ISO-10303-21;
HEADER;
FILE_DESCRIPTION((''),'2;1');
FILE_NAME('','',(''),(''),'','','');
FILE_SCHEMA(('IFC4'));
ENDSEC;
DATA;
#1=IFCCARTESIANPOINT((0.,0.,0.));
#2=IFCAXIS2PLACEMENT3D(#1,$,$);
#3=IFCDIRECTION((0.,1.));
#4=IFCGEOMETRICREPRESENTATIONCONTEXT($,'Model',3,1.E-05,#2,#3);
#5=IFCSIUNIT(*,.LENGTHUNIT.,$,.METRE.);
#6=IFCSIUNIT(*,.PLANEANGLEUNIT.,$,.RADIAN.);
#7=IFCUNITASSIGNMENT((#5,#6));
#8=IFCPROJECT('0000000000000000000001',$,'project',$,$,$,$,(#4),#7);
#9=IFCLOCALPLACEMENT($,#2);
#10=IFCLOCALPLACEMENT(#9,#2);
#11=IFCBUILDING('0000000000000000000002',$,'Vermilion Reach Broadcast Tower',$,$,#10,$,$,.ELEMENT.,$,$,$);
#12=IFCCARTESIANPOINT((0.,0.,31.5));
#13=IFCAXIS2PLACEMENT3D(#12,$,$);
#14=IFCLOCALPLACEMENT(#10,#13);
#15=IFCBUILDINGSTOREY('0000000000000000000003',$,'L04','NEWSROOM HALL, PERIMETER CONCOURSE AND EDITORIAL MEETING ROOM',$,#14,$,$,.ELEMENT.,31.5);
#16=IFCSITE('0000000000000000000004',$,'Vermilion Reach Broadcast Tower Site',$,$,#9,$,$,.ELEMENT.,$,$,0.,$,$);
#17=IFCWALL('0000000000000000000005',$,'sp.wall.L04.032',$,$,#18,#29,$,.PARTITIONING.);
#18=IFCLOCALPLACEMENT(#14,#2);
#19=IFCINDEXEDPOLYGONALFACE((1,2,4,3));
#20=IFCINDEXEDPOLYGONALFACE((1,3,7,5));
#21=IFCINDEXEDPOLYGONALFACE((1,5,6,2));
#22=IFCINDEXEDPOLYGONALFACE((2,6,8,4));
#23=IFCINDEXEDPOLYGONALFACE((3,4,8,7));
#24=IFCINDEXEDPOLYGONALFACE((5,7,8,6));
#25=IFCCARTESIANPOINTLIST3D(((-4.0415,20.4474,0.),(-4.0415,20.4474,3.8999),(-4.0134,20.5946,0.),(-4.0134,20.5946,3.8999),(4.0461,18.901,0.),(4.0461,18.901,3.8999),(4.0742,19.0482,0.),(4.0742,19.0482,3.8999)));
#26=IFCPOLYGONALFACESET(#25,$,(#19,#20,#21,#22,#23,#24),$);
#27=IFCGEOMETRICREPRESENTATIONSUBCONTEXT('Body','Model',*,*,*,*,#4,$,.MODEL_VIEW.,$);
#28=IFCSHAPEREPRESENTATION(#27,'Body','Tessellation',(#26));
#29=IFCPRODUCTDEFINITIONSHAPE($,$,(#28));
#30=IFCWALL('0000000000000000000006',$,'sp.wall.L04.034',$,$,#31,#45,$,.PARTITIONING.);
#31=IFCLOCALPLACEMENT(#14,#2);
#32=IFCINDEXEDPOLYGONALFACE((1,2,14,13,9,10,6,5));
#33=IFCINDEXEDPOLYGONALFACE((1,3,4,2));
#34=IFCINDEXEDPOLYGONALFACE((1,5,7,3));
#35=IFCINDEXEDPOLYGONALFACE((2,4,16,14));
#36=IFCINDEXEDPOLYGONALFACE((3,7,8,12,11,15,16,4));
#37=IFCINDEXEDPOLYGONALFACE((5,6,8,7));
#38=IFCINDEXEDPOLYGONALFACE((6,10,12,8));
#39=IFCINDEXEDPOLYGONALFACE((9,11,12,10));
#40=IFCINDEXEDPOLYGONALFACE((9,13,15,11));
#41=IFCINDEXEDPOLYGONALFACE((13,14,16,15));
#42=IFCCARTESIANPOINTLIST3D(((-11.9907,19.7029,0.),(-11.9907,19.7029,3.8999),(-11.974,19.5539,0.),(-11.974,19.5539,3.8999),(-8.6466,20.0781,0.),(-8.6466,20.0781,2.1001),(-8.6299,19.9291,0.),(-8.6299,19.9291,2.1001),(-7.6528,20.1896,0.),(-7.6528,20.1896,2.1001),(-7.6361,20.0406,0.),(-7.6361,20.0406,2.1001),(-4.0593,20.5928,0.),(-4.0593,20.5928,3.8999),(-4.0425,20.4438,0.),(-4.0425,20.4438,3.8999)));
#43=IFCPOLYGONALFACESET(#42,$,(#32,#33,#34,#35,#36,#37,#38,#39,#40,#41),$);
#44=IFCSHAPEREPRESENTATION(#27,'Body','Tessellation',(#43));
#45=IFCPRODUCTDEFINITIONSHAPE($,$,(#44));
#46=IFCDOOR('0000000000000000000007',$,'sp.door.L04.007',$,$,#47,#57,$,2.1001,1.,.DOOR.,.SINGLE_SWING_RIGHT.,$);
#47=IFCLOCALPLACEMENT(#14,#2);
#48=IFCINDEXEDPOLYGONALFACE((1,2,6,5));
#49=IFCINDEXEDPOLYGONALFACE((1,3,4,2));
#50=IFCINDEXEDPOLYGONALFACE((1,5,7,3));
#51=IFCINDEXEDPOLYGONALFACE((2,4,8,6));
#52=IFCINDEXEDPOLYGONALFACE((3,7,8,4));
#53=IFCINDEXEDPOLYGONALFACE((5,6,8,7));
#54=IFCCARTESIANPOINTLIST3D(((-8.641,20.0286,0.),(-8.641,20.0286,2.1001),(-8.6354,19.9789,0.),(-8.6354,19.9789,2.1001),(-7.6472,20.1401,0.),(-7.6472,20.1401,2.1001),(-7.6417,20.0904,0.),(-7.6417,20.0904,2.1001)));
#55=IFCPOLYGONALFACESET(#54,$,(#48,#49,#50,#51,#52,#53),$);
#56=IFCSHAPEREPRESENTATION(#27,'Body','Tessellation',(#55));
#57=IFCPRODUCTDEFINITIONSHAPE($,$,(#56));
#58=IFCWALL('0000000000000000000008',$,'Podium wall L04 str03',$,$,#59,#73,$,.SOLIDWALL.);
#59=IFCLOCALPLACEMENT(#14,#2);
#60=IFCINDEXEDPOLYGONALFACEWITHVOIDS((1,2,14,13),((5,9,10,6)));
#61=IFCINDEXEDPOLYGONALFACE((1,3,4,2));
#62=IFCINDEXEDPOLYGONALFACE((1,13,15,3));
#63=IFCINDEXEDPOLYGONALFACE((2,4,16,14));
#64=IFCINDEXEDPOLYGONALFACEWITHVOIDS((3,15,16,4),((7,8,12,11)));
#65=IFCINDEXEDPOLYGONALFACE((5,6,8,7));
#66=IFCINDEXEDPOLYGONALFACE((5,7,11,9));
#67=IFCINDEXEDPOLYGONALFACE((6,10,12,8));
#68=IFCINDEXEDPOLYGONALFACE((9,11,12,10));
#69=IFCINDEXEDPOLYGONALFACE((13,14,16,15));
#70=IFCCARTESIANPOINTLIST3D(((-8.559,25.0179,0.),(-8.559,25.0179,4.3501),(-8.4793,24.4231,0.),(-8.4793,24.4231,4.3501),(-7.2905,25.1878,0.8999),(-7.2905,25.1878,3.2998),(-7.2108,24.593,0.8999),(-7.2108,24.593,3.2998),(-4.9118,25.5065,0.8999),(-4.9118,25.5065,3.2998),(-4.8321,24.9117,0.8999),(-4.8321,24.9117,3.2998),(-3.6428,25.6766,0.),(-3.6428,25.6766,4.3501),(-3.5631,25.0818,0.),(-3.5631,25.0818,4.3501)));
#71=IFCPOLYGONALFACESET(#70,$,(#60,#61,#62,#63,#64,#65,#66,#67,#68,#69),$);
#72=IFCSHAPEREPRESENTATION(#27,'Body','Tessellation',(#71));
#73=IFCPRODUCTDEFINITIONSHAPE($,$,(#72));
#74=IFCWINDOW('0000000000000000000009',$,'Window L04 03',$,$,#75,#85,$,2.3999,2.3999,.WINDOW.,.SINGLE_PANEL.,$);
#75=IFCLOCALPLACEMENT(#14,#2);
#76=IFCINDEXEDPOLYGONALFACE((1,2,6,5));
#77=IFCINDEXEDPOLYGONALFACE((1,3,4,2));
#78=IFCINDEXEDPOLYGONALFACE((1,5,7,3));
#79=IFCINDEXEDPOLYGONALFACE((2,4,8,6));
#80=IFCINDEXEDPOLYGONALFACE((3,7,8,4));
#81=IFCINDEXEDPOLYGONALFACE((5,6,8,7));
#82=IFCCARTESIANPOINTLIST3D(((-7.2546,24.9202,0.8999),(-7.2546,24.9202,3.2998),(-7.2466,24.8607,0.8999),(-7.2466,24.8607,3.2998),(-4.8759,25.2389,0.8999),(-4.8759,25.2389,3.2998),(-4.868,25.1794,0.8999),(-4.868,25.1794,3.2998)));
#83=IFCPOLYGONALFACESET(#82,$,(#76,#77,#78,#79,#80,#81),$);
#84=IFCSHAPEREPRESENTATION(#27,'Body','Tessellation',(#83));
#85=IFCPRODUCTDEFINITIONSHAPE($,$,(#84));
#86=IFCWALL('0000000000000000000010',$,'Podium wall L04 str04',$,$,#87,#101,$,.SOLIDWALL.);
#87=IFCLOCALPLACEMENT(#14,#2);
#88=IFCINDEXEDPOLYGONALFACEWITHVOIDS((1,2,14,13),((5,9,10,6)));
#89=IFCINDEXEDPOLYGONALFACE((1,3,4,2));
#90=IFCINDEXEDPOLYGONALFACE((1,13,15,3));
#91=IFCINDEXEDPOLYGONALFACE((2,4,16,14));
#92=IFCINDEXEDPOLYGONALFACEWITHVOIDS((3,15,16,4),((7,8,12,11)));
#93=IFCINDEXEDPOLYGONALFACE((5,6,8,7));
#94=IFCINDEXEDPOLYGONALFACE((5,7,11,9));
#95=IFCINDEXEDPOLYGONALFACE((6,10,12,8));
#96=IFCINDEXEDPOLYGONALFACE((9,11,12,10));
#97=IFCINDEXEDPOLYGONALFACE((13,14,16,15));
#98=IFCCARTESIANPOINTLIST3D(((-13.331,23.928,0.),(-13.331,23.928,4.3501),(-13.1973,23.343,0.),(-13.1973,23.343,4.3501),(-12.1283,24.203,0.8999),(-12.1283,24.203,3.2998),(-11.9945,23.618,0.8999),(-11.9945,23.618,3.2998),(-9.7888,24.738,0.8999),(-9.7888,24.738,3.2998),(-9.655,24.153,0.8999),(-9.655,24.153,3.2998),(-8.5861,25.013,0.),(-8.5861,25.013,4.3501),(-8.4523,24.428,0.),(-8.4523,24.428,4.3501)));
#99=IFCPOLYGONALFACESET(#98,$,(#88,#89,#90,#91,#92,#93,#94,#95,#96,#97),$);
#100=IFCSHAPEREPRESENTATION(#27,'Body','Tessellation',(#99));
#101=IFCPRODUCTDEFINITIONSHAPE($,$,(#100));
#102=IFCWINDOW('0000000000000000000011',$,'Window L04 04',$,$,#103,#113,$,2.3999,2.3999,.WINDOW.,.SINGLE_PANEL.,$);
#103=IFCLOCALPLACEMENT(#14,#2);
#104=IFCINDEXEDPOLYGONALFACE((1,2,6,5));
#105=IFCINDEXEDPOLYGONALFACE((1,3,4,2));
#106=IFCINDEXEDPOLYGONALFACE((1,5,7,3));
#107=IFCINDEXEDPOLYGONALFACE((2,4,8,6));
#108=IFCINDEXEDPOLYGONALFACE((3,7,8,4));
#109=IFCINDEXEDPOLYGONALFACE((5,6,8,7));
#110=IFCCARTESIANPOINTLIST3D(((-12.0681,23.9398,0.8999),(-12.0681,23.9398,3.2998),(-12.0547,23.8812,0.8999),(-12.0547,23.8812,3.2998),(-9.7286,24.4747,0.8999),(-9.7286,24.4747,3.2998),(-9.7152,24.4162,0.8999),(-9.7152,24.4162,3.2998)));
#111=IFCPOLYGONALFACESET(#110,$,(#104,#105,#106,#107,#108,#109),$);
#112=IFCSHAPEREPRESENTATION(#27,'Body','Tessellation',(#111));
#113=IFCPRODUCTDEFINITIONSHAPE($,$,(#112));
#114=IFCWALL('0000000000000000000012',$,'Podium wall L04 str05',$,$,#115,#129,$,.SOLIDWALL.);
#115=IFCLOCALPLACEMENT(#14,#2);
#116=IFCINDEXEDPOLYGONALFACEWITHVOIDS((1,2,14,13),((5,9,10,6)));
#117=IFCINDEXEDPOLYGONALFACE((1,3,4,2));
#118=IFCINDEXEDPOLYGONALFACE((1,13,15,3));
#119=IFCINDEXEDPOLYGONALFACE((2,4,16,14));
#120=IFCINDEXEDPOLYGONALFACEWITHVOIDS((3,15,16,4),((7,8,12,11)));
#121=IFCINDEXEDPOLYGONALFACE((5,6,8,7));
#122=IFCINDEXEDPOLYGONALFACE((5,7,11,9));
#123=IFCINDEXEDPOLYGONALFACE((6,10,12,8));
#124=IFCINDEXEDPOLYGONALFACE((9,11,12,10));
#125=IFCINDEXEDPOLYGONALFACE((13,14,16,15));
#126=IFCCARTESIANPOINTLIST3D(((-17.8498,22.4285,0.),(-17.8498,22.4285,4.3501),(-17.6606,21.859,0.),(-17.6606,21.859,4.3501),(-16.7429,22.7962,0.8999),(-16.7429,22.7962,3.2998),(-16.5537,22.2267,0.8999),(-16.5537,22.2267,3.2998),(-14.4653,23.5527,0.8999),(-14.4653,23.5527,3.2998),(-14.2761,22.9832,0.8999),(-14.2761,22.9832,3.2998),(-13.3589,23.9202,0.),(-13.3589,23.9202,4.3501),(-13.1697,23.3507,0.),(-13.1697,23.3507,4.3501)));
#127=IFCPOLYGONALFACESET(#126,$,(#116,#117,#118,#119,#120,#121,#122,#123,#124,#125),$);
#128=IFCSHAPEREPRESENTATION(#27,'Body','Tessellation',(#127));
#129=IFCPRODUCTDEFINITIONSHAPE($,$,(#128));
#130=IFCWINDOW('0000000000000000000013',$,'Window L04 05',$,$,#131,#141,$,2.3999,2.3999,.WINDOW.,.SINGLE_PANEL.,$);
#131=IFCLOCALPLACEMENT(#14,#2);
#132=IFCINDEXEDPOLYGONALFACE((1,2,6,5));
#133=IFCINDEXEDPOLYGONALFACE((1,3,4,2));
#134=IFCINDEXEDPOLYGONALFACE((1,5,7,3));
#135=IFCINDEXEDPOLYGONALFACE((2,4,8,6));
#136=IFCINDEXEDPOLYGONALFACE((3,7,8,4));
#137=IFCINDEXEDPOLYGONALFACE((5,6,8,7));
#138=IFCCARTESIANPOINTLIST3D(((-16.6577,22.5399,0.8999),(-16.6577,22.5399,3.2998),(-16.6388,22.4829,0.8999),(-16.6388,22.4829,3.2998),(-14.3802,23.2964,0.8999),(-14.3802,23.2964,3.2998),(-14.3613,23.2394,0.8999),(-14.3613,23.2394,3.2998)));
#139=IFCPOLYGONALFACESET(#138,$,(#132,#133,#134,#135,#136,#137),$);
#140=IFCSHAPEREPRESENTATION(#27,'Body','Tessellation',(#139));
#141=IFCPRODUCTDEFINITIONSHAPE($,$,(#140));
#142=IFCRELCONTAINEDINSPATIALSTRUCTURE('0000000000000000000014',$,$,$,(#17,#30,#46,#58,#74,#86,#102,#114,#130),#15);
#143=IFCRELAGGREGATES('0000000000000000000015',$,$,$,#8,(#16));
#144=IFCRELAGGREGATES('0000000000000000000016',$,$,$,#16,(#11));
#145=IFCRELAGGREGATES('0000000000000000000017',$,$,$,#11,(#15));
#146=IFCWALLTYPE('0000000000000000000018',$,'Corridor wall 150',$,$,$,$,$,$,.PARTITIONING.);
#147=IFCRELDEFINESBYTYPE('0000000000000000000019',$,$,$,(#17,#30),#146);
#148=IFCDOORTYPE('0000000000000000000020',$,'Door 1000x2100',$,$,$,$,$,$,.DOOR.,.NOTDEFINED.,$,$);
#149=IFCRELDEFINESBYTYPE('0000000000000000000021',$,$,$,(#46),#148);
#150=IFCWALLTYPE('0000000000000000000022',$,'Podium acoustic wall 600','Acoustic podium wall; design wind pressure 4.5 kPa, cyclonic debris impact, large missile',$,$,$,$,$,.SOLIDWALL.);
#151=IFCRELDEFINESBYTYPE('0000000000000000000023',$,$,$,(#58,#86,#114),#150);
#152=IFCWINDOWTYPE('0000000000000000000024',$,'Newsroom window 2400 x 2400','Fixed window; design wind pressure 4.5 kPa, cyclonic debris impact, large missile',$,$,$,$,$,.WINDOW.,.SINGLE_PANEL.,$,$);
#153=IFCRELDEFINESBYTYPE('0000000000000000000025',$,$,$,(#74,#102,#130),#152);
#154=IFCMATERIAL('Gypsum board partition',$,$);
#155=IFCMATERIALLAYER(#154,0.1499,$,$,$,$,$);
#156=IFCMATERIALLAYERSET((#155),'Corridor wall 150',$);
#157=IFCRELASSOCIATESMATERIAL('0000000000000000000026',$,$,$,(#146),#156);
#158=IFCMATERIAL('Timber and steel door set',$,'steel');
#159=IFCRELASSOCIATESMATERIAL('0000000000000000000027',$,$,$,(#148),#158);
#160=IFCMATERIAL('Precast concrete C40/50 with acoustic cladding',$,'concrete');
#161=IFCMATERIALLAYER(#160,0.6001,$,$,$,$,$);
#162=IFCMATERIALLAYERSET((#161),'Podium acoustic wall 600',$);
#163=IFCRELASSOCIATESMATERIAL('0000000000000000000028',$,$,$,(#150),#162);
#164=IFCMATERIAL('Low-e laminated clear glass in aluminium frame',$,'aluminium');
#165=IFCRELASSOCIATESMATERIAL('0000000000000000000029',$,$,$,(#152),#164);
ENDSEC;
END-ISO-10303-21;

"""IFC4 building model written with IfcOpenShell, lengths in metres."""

from ifc_helpers import new_model, si_unit, direction, frame, frame_2d, origin, place, context, subcontext, project, spatial, rectangle, extrude, material, layer, layer_set, type_object, element, fill, save


model = new_model("IFC4")

# Units and contexts
model_context = context("Model", 3, precision=1e-05, world=origin(), true_north=direction((0.0, 1.0)))
body_context = subcontext(model_context, "Body", "Model", "MODEL_VIEW")
ifc_project = project(units=[si_unit("LENGTHUNIT", "METRE"), si_unit("PLANEANGLEUNIT", "RADIAN")], contexts=[model_context])

# Site, building, storey
site_placement = place(None, origin())
site = spatial("IfcSite", under=ifc_project, at=site_placement, Name="Vermilion Reach Broadcast Tower Site", CompositionType="ELEMENT", RefElevation=0.0)
building_placement = place(site_placement, origin())
building = spatial("IfcBuilding", under=site, at=building_placement, Name="Vermilion Reach Broadcast Tower", CompositionType="ELEMENT")
storey_placement = place(building_placement, frame((0.0, 0.0, 31.5)))
storey = spatial("IfcBuildingStorey", under=building, at=storey_placement, Name="L04", Description="NEWSROOM HALL, PERIMETER CONCOURSE AND EDITORIAL MEETING ROOM", CompositionType="ELEMENT", Elevation=31.5)

# Shared definitions
ifc_material_1 = material(Name="Gypsum board partition")
ifc_layer_1 = layer(ifc_material_1, 0.1499)
ifc_layer_set_1 = layer_set([ifc_layer_1], Name="Corridor wall 150")
wall_type_1 = type_object("IfcWallType", Name="Corridor wall 150", PredefinedType="PARTITIONING", material=ifc_layer_set_1)

# Wall
wall_1_placement = place(storey_placement, frame((-4.0276, 20.521, 0.0), z_axis=(0.0, 0.0, 1.0), x_axis=(0.982207, -0.187801, 0.0)))
element("IfcWall", 1, at=wall_1_placement, inside=storey, type_object=wall_type_1, Name="sp.wall.L04.032", PredefinedType="PARTITIONING", context=body_context, shape_type="SweptSolid", body=[
    extrude(rectangle(XDim=8.2341, YDim=0.1499, at=frame_2d((4.1172, 0.0))), origin(), (0.0, 0.0, 1.0), 3.8999),
])

# Wall, opening, door
wall_2_placement = place(storey_placement, frame((-4.0508, 20.5183, 0.0), z_axis=(0.0, 0.0, 1.0), x_axis=(-0.993765, -0.111499, 0.0)))
wall_2 = element("IfcWall", 2, at=wall_2_placement, inside=storey, type_object=wall_type_1, Name="sp.wall.L04.034", PredefinedType="PARTITIONING", context=body_context, shape_type="SweptSolid", body=[
    extrude(rectangle(XDim=7.9812, YDim=0.1499, at=frame_2d((3.9907, 0.0))), origin(), (0.0, 0.0, 1.0), 3.8999),
])
opening_1_placement = place(wall_2_placement, frame((3.6162, 0.0, 0.0)))
opening_1 = element("IfcOpeningElement", 3, at=opening_1_placement, cuts=wall_2, PredefinedType="OPENING", context=body_context, shape_type="SweptSolid", body=[
    extrude(rectangle(XDim=1.0, YDim=2.1001, at=frame_2d((0.5, 1.05))), frame((0.0, 0.085, 0.0), z_axis=(0.0, -1.0, 0.0), x_axis=(1.0, 0.0, 0.0)), (0.0, 0.0, 1.0), 0.1699),
])
ifc_material_2 = material(Name="Timber and steel door set", Category="steel")
door_type_1 = type_object("IfcDoorType", Name="Door 1000x2100", OperationType="NOTDEFINED", PredefinedType="DOOR", material=ifc_material_2)
door_1_placement = place(opening_1_placement, origin())
door_1 = element("IfcDoor", 4, at=door_1_placement, inside=storey, type_object=door_type_1, Name="sp.door.L04.007", OperationType="SINGLE_SWING_RIGHT", OverallHeight=2.1001, OverallWidth=1.0, PredefinedType="DOOR", context=body_context, shape_type="SweptSolid", body=[
    extrude(rectangle(XDim=1.0, YDim=2.1001, at=frame_2d((0.5, 1.05))), frame((0.0, 0.0249, 0.0), z_axis=(0.0, -1.0, 0.0), x_axis=(1.0, 0.0, 0.0)), (0.0, 0.0, 1.0), 0.05),
])
fill(opening_1, door_1)

# Walls, openings, windows
ifc_material_3 = material(Name="Precast concrete C40/50 with acoustic cladding", Category="concrete")
ifc_layer_2 = layer(ifc_material_3, 0.6001)
ifc_layer_set_2 = layer_set([ifc_layer_2], Name="Podium acoustic wall 600")
wall_type_2 = type_object("IfcWallType", Name="Podium acoustic wall 600", Description="Acoustic podium wall; design wind pressure 4.5 kPa, cyclonic debris impact, large missile", PredefinedType="SOLIDWALL", material=ifc_layer_set_2)
wall_3_placement = place(storey_placement, frame((-3.603, 25.3792, 0.0), z_axis=(0.0, 0.0, 1.0), x_axis=(-0.991143, -0.132796, 0.0)))
wall_3 = element("IfcWall", 5, at=wall_3_placement, inside=storey, type_object=wall_type_2, Name="Podium wall L04 str03", PredefinedType="SOLIDWALL", context=body_context, shape_type="SweptSolid", body=[
    extrude(rectangle(XDim=4.9602, YDim=0.6001, at=frame_2d((2.48, 0.0))), origin(), (0.0, 0.0, 1.0), 4.3501),
])
opening_2_placement = place(wall_3_placement, frame((1.2803, 0.0, 0.8999)))
opening_2 = element("IfcOpeningElement", 6, at=opening_2_placement, cuts=wall_3, PredefinedType="OPENING", context=body_context, shape_type="SweptSolid", body=[
    extrude(rectangle(XDim=2.3999, YDim=2.3999, at=frame_2d((1.2, 1.2))), frame((0.0, 0.3101, 0.0), z_axis=(0.0, -1.0, 0.0), x_axis=(1.0, 0.0, 0.0)), (0.0, 0.0, 1.0), 0.6201),
])
ifc_material_4 = material(Name="Low-e laminated clear glass in aluminium frame", Category="aluminium")
window_type = type_object("IfcWindowType", Name="Newsroom window 2400 x 2400", Description="Fixed window; design wind pressure 4.5 kPa, cyclonic debris impact, large missile", PartitioningType="SINGLE_PANEL", PredefinedType="WINDOW", material=ifc_material_4)
window_1_placement = place(opening_2_placement, origin())
window_1 = element("IfcWindow", 7, at=window_1_placement, inside=storey, type_object=window_type, Name="Window L04 03", OverallHeight=2.3999, OverallWidth=2.3999, PartitioningType="SINGLE_PANEL", PredefinedType="WINDOW", context=body_context, shape_type="SweptSolid", body=[
    extrude(rectangle(XDim=2.3999, YDim=2.3999, at=frame_2d((1.2, 1.2))), frame((0.0, 0.03, 0.0), z_axis=(0.0, -1.0, 0.0), x_axis=(1.0, 0.0, 0.0)), (0.0, 0.0, 1.0), 0.0601),
])
fill(opening_2, window_1)
wall_4_placement = place(storey_placement, frame((-8.5193, 24.7205, 0.0), z_axis=(0.0, 0.0, 1.0), x_axis=(-0.97484, -0.222907, 0.0)))
wall_4 = element("IfcWall", 8, at=wall_4_placement, inside=storey, type_object=wall_type_2, Name="Podium wall L04 str04", PredefinedType="SOLIDWALL", context=body_context, shape_type="SweptSolid", body=[
    extrude(rectangle(XDim=4.8674, YDim=0.6001, at=frame_2d((2.4336, 0.0))), origin(), (0.0, 0.0, 1.0), 4.3501),
])
opening_3_placement = place(wall_4_placement, frame((1.2336, 0.0, 0.8999)))
opening_3 = element("IfcOpeningElement", 9, at=opening_3_placement, cuts=wall_4, PredefinedType="OPENING", context=body_context, shape_type="SweptSolid", body=[
    extrude(rectangle(XDim=2.3999, YDim=2.3999, at=frame_2d((1.2, 1.2))), frame((0.0, 0.3101, 0.0), z_axis=(0.0, -1.0, 0.0), x_axis=(1.0, 0.0, 0.0)), (0.0, 0.0, 1.0), 0.6201),
])
window_2_placement = place(opening_3_placement, origin())
window_2 = element("IfcWindow", 10, at=window_2_placement, inside=storey, type_object=window_type, Name="Window L04 04", OverallHeight=2.3999, OverallWidth=2.3999, PartitioningType="SINGLE_PANEL", PredefinedType="WINDOW", context=body_context, shape_type="SweptSolid", body=[
    extrude(rectangle(XDim=2.3999, YDim=2.3999, at=frame_2d((1.2, 1.2))), frame((0.0, 0.03, 0.0), z_axis=(0.0, -1.0, 0.0), x_axis=(1.0, 0.0, 0.0)), (0.0, 0.0, 1.0), 0.0601),
])
fill(opening_3, window_2)
wall_5_placement = place(storey_placement, frame((-13.2642, 23.6355, 0.0), z_axis=(0.0, 0.0, 1.0), x_axis=(-0.949018, -0.315222, 0.0)))
wall_5 = element("IfcWall", 11, at=wall_5_placement, inside=storey, type_object=wall_type_2, Name="Podium wall L04 str05", PredefinedType="SOLIDWALL", context=body_context, shape_type="SweptSolid", body=[
    extrude(rectangle(XDim=4.7322, YDim=0.6001, at=frame_2d((2.3662, 0.0))), origin(), (0.0, 0.0, 1.0), 4.3501),
])
opening_4_placement = place(wall_5_placement, frame((1.166, 0.0, 0.8999)))
opening_4 = element("IfcOpeningElement", 12, at=opening_4_placement, cuts=wall_5, PredefinedType="OPENING", context=body_context, shape_type="SweptSolid", body=[
    extrude(rectangle(XDim=2.3999, YDim=2.3999, at=frame_2d((1.2, 1.2))), frame((0.0, 0.3101, 0.0), z_axis=(0.0, -1.0, 0.0), x_axis=(1.0, 0.0, 0.0)), (0.0, 0.0, 1.0), 0.6201),
])
window_3_placement = place(opening_4_placement, origin())
window_3 = element("IfcWindow", 13, at=window_3_placement, inside=storey, type_object=window_type, Name="Window L04 05", OverallHeight=2.3999, OverallWidth=2.3999, PartitioningType="SINGLE_PANEL", PredefinedType="WINDOW", context=body_context, shape_type="SweptSolid", body=[
    extrude(rectangle(XDim=2.3999, YDim=2.3999, at=frame_2d((1.2, 1.2))), frame((0.0, 0.03, 0.0), z_axis=(0.0, -1.0, 0.0), x_axis=(1.0, 0.0, 0.0)), (0.0, 0.0, 1.0), 0.0601),
])
fill(opening_4, window_3)

save(model, "model.ifc")
